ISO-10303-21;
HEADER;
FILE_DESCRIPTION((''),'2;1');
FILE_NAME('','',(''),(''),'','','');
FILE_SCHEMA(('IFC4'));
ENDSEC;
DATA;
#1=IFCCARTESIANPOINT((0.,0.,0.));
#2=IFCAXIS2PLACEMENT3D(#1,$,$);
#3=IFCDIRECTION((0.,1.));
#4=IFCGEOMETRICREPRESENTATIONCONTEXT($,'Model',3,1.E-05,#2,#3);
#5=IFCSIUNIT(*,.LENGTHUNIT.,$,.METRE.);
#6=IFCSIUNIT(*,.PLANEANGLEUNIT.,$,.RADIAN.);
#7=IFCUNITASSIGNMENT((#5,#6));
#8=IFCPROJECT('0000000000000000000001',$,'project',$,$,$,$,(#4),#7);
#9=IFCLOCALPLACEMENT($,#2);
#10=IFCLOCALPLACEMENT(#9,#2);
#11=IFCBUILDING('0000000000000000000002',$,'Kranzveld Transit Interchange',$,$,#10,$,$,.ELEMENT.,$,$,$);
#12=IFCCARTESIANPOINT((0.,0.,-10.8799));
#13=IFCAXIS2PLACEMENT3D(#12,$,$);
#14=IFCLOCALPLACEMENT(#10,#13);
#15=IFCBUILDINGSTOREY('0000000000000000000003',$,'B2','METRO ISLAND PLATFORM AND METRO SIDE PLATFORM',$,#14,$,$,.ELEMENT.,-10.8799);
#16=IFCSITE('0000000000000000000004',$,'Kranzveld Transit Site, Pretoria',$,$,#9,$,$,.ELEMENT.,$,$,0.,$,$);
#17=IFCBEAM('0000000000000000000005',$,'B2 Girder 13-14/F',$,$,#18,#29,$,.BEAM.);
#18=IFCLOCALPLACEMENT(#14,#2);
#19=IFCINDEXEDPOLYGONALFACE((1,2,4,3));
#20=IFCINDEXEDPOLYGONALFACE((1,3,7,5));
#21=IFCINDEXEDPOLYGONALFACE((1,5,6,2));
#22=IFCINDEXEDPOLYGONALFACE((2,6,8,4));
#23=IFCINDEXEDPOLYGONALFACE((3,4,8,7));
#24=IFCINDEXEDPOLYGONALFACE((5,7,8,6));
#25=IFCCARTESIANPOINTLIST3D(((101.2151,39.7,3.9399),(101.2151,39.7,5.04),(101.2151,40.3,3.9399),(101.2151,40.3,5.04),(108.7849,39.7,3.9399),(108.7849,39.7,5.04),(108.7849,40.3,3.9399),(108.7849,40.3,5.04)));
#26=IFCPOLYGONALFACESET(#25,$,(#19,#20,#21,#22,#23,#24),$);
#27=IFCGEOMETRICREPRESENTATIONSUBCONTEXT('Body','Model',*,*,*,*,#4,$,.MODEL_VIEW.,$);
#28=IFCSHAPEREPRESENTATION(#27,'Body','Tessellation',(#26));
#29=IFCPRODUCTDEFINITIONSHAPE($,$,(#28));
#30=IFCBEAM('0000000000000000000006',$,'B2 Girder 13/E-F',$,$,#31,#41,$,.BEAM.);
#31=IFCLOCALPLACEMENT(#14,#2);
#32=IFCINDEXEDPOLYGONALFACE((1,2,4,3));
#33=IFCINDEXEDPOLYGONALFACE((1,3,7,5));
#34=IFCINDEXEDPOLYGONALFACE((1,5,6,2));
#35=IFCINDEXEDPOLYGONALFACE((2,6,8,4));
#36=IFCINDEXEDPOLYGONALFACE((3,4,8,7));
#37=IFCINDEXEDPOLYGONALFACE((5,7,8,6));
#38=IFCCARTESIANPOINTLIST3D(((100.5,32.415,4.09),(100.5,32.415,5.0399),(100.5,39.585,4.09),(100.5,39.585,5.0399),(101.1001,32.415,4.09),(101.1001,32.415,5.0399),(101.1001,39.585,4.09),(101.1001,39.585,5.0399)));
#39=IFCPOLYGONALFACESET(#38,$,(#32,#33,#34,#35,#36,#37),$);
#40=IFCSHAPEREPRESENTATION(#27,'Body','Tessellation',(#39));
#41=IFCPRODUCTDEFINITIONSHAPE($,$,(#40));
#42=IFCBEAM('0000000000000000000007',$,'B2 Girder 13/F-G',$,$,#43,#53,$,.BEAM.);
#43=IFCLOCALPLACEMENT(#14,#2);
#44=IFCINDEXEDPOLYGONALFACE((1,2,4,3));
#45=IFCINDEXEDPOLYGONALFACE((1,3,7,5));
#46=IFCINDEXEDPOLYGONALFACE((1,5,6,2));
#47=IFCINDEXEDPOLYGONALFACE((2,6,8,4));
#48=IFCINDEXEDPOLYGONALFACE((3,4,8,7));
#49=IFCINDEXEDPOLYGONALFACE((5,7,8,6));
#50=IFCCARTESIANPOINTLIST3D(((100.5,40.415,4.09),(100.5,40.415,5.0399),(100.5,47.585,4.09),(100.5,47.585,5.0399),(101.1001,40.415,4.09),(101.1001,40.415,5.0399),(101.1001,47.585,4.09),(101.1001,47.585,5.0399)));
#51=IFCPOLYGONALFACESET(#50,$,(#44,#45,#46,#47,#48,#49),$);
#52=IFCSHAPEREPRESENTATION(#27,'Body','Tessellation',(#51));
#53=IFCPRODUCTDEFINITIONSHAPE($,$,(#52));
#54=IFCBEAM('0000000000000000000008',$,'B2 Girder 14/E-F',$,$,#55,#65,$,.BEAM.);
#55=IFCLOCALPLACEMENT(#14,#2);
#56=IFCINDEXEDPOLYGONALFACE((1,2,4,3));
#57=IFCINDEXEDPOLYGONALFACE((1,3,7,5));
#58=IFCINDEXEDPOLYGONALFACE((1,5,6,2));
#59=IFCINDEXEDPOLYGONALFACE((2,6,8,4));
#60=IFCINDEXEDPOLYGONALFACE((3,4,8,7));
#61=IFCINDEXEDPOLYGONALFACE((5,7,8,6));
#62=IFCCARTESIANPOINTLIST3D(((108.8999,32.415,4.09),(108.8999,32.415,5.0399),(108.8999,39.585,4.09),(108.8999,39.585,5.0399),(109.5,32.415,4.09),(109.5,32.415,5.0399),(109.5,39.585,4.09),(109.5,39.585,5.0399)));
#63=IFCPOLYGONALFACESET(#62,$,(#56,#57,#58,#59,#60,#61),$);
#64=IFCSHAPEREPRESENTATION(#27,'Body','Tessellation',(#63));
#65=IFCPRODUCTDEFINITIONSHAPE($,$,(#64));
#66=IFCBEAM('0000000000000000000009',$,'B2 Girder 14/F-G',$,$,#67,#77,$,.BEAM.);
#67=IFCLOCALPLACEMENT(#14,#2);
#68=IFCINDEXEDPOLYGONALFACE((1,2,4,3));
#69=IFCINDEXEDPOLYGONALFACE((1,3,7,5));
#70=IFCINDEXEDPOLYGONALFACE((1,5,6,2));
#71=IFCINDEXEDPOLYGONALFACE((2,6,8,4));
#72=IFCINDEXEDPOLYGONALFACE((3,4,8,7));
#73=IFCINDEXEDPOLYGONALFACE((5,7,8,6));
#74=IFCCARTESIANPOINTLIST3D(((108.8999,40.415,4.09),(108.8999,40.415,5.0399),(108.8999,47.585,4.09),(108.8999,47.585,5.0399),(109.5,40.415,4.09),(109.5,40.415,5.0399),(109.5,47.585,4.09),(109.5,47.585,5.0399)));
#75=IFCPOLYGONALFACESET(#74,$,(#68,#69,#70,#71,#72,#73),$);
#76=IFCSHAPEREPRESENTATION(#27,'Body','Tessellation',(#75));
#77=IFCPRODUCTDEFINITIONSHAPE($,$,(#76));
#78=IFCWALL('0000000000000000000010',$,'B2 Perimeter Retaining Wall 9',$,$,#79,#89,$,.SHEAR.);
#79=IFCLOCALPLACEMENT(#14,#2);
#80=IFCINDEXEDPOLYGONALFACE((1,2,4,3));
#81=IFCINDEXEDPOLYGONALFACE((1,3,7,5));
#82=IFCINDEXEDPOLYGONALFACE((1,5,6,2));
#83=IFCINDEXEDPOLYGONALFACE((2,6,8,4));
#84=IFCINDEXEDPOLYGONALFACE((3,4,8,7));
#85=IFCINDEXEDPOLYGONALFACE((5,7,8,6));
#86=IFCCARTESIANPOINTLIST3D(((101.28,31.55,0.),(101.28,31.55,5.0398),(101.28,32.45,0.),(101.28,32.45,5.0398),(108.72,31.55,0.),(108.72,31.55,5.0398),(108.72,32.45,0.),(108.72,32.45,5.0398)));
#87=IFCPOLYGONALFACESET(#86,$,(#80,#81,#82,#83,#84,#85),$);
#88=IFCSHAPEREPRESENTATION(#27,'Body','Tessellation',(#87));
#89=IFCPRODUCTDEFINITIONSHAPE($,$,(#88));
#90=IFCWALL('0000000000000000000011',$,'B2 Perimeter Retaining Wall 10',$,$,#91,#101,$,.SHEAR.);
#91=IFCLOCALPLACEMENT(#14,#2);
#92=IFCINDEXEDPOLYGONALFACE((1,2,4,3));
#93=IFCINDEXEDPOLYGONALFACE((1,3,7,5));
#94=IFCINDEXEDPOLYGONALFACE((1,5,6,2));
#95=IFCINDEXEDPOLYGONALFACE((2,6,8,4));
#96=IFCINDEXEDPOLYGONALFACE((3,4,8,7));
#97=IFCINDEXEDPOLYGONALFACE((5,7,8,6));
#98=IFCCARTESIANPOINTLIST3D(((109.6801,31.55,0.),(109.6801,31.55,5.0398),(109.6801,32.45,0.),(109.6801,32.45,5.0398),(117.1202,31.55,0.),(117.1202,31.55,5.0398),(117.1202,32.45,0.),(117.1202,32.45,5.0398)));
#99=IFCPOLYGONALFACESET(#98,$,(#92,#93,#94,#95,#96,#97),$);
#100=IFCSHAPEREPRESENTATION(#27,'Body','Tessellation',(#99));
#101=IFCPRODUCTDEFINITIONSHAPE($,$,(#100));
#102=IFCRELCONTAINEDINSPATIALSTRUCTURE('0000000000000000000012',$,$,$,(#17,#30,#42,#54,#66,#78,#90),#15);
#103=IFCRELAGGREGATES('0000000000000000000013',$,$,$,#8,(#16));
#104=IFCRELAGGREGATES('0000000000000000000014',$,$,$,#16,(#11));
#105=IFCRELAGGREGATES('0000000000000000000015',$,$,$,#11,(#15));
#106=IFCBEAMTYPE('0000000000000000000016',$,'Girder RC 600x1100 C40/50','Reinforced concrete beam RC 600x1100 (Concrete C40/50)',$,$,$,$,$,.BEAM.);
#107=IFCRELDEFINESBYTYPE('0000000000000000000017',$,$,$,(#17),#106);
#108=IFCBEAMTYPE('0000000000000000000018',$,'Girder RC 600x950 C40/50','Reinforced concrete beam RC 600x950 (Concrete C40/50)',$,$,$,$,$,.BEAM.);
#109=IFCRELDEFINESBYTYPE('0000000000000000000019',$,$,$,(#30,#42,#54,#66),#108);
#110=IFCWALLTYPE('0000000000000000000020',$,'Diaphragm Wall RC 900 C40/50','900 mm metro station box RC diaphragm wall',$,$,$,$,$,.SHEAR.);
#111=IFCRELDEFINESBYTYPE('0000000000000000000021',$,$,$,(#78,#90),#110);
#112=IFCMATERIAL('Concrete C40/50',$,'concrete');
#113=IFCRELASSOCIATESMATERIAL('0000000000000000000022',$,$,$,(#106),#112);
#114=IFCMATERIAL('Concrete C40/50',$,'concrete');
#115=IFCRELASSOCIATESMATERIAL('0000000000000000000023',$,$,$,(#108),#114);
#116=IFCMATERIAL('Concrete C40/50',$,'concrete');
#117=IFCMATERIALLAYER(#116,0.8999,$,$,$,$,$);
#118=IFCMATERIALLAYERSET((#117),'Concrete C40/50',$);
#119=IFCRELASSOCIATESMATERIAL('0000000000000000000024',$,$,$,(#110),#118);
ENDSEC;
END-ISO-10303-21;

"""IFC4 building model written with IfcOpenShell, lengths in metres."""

from ifc_helpers import new_model, si_unit, direction, frame, frame_2d, origin, origin_2d, place, context, subcontext, project, spatial, rectangle, extrude, material, layer, layer_set, material_profile, profile_set, type_object, element, save


model = new_model("IFC4")

# Units and contexts
model_context = context("Model", 3, precision=1e-05, world=origin(), true_north=direction((0.0, 1.0)))
body_context = subcontext(model_context, "Body", "Model", "MODEL_VIEW")
ifc_project = project(units=[si_unit("LENGTHUNIT", "METRE"), si_unit("PLANEANGLEUNIT", "RADIAN")], contexts=[model_context])

# Site, building, storey
site_placement = place(None, origin())
site = spatial("IfcSite", under=ifc_project, at=site_placement, Name="Kranzveld Transit Site, Pretoria", CompositionType="ELEMENT", RefElevation=0.0)
building_placement = place(site_placement, origin())
building = spatial("IfcBuilding", under=site, at=building_placement, Name="Kranzveld Transit Interchange", CompositionType="ELEMENT")
storey_placement = place(building_placement, frame((0.0, 0.0, -10.8799)))
storey = spatial("IfcBuildingStorey", under=building, at=storey_placement, Name="B2", Description="METRO ISLAND PLATFORM AND METRO SIDE PLATFORM", CompositionType="ELEMENT", Elevation=-10.8799)

# Beams
ifc_material_1 = material(Name="Concrete C40/50", Category="concrete")
ifc_material_profile_1 = material_profile(ifc_material_1, rectangle(XDim=0.6001, YDim=1.1001, at=origin_2d()), Name="RC 600x1100")
ifc_profile_set_1 = profile_set([ifc_material_profile_1], Name="Concrete C40/50")
beam_type_1 = type_object("IfcBeamType", Name="Girder RC 600x1100 C40/50", Description="Reinforced concrete beam RC 600x1100 (Concrete C40/50)", PredefinedType="BEAM", material=ifc_profile_set_1)
beam_1_placement = place(storey_placement, frame((101.2151, 40.0, 4.49), z_axis=(1.0, 0.0, 0.0), x_axis=(0.0, 1.0, 0.0)))
element("IfcBeam", 1, at=beam_1_placement, inside=storey, type_object=beam_type_1, Name="B2 Girder 13-14/F", PredefinedType="BEAM", context=body_context, shape_type="SweptSolid", body=[
    extrude(rectangle(XDim=0.6001, YDim=1.1001, at=origin_2d()), origin(), (0.0, 0.0, 1.0), 7.5698),
])
ifc_material_2 = material(Name="Concrete C40/50", Category="concrete")
ifc_material_profile_2 = material_profile(ifc_material_2, rectangle(XDim=0.6001, YDim=0.95, at=origin_2d()), Name="RC 600x950")
ifc_profile_set_2 = profile_set([ifc_material_profile_2], Name="Concrete C40/50")
beam_type_2 = type_object("IfcBeamType", Name="Girder RC 600x950 C40/50", Description="Reinforced concrete beam RC 600x950 (Concrete C40/50)", PredefinedType="BEAM", material=ifc_profile_set_2)
for number, where, z_axis, x_axis, name in (
    (2, (100.8, 32.415, 4.5649), (0.0, 1.0, 0.0), (-1.0, 0.0, 0.0), "B2 Girder 13/E-F"),
    (3, (100.8, 40.415, 4.5649), (0.0, 1.0, 0.0), (-1.0, 0.0, 0.0), "B2 Girder 13/F-G"),
    (4, (109.2, 32.415, 4.5649), (0.0, 1.0, 0.0), (-1.0, 0.0, 0.0), "B2 Girder 14/E-F"),
    (5, (109.2, 40.415, 4.5649), (0.0, 1.0, 0.0), (-1.0, 0.0, 0.0), "B2 Girder 14/F-G"),
):
    element("IfcBeam", number, at=place(storey_placement, frame(where, z_axis=z_axis, x_axis=x_axis)), inside=storey, type_object=beam_type_2, Name=name, PredefinedType="BEAM", context=body_context, shape_type="SweptSolid", body=[
        extrude(rectangle(XDim=0.6001, YDim=0.95, at=origin_2d()), origin(), (0.0, 0.0, 1.0), 7.1699),
    ])

# Walls
ifc_material_3 = material(Name="Concrete C40/50", Category="concrete")
ifc_layer = layer(ifc_material_3, 0.8999)
ifc_layer_set = layer_set([ifc_layer], Name="Concrete C40/50")
wall_type = type_object("IfcWallType", Name="Diaphragm Wall RC 900 C40/50", Description="900 mm metro station box RC diaphragm wall", PredefinedType="SHEAR", material=ifc_layer_set)
wall_1_placement = place(storey_placement, frame((101.28, 32.0, 0.0), z_axis=(0.0, 0.0, 1.0), x_axis=(1.0, 0.0, 0.0)))
element("IfcWall", 6, at=wall_1_placement, inside=storey, type_object=wall_type, Name="B2 Perimeter Retaining Wall 9", PredefinedType="SHEAR", context=body_context, shape_type="SweptSolid", body=[
    extrude(rectangle(XDim=7.4399, YDim=0.8999, at=frame_2d((3.72, 0.0))), origin(), (0.0, 0.0, 1.0), 5.0398),
])
wall_2_placement = place(storey_placement, frame((109.6799, 32.0, 0.0), z_axis=(0.0, 0.0, 1.0), x_axis=(1.0, 0.0, 0.0)))
element("IfcWall", 7, at=wall_2_placement, inside=storey, type_object=wall_type, Name="B2 Perimeter Retaining Wall 10", PredefinedType="SHEAR", context=body_context, shape_type="SweptSolid", body=[
    extrude(rectangle(XDim=7.4402, YDim=0.8999, at=frame_2d((3.7202, 0.0))), origin(), (0.0, 0.0, 1.0), 5.0398),
])

save(model, "model.ifc")
